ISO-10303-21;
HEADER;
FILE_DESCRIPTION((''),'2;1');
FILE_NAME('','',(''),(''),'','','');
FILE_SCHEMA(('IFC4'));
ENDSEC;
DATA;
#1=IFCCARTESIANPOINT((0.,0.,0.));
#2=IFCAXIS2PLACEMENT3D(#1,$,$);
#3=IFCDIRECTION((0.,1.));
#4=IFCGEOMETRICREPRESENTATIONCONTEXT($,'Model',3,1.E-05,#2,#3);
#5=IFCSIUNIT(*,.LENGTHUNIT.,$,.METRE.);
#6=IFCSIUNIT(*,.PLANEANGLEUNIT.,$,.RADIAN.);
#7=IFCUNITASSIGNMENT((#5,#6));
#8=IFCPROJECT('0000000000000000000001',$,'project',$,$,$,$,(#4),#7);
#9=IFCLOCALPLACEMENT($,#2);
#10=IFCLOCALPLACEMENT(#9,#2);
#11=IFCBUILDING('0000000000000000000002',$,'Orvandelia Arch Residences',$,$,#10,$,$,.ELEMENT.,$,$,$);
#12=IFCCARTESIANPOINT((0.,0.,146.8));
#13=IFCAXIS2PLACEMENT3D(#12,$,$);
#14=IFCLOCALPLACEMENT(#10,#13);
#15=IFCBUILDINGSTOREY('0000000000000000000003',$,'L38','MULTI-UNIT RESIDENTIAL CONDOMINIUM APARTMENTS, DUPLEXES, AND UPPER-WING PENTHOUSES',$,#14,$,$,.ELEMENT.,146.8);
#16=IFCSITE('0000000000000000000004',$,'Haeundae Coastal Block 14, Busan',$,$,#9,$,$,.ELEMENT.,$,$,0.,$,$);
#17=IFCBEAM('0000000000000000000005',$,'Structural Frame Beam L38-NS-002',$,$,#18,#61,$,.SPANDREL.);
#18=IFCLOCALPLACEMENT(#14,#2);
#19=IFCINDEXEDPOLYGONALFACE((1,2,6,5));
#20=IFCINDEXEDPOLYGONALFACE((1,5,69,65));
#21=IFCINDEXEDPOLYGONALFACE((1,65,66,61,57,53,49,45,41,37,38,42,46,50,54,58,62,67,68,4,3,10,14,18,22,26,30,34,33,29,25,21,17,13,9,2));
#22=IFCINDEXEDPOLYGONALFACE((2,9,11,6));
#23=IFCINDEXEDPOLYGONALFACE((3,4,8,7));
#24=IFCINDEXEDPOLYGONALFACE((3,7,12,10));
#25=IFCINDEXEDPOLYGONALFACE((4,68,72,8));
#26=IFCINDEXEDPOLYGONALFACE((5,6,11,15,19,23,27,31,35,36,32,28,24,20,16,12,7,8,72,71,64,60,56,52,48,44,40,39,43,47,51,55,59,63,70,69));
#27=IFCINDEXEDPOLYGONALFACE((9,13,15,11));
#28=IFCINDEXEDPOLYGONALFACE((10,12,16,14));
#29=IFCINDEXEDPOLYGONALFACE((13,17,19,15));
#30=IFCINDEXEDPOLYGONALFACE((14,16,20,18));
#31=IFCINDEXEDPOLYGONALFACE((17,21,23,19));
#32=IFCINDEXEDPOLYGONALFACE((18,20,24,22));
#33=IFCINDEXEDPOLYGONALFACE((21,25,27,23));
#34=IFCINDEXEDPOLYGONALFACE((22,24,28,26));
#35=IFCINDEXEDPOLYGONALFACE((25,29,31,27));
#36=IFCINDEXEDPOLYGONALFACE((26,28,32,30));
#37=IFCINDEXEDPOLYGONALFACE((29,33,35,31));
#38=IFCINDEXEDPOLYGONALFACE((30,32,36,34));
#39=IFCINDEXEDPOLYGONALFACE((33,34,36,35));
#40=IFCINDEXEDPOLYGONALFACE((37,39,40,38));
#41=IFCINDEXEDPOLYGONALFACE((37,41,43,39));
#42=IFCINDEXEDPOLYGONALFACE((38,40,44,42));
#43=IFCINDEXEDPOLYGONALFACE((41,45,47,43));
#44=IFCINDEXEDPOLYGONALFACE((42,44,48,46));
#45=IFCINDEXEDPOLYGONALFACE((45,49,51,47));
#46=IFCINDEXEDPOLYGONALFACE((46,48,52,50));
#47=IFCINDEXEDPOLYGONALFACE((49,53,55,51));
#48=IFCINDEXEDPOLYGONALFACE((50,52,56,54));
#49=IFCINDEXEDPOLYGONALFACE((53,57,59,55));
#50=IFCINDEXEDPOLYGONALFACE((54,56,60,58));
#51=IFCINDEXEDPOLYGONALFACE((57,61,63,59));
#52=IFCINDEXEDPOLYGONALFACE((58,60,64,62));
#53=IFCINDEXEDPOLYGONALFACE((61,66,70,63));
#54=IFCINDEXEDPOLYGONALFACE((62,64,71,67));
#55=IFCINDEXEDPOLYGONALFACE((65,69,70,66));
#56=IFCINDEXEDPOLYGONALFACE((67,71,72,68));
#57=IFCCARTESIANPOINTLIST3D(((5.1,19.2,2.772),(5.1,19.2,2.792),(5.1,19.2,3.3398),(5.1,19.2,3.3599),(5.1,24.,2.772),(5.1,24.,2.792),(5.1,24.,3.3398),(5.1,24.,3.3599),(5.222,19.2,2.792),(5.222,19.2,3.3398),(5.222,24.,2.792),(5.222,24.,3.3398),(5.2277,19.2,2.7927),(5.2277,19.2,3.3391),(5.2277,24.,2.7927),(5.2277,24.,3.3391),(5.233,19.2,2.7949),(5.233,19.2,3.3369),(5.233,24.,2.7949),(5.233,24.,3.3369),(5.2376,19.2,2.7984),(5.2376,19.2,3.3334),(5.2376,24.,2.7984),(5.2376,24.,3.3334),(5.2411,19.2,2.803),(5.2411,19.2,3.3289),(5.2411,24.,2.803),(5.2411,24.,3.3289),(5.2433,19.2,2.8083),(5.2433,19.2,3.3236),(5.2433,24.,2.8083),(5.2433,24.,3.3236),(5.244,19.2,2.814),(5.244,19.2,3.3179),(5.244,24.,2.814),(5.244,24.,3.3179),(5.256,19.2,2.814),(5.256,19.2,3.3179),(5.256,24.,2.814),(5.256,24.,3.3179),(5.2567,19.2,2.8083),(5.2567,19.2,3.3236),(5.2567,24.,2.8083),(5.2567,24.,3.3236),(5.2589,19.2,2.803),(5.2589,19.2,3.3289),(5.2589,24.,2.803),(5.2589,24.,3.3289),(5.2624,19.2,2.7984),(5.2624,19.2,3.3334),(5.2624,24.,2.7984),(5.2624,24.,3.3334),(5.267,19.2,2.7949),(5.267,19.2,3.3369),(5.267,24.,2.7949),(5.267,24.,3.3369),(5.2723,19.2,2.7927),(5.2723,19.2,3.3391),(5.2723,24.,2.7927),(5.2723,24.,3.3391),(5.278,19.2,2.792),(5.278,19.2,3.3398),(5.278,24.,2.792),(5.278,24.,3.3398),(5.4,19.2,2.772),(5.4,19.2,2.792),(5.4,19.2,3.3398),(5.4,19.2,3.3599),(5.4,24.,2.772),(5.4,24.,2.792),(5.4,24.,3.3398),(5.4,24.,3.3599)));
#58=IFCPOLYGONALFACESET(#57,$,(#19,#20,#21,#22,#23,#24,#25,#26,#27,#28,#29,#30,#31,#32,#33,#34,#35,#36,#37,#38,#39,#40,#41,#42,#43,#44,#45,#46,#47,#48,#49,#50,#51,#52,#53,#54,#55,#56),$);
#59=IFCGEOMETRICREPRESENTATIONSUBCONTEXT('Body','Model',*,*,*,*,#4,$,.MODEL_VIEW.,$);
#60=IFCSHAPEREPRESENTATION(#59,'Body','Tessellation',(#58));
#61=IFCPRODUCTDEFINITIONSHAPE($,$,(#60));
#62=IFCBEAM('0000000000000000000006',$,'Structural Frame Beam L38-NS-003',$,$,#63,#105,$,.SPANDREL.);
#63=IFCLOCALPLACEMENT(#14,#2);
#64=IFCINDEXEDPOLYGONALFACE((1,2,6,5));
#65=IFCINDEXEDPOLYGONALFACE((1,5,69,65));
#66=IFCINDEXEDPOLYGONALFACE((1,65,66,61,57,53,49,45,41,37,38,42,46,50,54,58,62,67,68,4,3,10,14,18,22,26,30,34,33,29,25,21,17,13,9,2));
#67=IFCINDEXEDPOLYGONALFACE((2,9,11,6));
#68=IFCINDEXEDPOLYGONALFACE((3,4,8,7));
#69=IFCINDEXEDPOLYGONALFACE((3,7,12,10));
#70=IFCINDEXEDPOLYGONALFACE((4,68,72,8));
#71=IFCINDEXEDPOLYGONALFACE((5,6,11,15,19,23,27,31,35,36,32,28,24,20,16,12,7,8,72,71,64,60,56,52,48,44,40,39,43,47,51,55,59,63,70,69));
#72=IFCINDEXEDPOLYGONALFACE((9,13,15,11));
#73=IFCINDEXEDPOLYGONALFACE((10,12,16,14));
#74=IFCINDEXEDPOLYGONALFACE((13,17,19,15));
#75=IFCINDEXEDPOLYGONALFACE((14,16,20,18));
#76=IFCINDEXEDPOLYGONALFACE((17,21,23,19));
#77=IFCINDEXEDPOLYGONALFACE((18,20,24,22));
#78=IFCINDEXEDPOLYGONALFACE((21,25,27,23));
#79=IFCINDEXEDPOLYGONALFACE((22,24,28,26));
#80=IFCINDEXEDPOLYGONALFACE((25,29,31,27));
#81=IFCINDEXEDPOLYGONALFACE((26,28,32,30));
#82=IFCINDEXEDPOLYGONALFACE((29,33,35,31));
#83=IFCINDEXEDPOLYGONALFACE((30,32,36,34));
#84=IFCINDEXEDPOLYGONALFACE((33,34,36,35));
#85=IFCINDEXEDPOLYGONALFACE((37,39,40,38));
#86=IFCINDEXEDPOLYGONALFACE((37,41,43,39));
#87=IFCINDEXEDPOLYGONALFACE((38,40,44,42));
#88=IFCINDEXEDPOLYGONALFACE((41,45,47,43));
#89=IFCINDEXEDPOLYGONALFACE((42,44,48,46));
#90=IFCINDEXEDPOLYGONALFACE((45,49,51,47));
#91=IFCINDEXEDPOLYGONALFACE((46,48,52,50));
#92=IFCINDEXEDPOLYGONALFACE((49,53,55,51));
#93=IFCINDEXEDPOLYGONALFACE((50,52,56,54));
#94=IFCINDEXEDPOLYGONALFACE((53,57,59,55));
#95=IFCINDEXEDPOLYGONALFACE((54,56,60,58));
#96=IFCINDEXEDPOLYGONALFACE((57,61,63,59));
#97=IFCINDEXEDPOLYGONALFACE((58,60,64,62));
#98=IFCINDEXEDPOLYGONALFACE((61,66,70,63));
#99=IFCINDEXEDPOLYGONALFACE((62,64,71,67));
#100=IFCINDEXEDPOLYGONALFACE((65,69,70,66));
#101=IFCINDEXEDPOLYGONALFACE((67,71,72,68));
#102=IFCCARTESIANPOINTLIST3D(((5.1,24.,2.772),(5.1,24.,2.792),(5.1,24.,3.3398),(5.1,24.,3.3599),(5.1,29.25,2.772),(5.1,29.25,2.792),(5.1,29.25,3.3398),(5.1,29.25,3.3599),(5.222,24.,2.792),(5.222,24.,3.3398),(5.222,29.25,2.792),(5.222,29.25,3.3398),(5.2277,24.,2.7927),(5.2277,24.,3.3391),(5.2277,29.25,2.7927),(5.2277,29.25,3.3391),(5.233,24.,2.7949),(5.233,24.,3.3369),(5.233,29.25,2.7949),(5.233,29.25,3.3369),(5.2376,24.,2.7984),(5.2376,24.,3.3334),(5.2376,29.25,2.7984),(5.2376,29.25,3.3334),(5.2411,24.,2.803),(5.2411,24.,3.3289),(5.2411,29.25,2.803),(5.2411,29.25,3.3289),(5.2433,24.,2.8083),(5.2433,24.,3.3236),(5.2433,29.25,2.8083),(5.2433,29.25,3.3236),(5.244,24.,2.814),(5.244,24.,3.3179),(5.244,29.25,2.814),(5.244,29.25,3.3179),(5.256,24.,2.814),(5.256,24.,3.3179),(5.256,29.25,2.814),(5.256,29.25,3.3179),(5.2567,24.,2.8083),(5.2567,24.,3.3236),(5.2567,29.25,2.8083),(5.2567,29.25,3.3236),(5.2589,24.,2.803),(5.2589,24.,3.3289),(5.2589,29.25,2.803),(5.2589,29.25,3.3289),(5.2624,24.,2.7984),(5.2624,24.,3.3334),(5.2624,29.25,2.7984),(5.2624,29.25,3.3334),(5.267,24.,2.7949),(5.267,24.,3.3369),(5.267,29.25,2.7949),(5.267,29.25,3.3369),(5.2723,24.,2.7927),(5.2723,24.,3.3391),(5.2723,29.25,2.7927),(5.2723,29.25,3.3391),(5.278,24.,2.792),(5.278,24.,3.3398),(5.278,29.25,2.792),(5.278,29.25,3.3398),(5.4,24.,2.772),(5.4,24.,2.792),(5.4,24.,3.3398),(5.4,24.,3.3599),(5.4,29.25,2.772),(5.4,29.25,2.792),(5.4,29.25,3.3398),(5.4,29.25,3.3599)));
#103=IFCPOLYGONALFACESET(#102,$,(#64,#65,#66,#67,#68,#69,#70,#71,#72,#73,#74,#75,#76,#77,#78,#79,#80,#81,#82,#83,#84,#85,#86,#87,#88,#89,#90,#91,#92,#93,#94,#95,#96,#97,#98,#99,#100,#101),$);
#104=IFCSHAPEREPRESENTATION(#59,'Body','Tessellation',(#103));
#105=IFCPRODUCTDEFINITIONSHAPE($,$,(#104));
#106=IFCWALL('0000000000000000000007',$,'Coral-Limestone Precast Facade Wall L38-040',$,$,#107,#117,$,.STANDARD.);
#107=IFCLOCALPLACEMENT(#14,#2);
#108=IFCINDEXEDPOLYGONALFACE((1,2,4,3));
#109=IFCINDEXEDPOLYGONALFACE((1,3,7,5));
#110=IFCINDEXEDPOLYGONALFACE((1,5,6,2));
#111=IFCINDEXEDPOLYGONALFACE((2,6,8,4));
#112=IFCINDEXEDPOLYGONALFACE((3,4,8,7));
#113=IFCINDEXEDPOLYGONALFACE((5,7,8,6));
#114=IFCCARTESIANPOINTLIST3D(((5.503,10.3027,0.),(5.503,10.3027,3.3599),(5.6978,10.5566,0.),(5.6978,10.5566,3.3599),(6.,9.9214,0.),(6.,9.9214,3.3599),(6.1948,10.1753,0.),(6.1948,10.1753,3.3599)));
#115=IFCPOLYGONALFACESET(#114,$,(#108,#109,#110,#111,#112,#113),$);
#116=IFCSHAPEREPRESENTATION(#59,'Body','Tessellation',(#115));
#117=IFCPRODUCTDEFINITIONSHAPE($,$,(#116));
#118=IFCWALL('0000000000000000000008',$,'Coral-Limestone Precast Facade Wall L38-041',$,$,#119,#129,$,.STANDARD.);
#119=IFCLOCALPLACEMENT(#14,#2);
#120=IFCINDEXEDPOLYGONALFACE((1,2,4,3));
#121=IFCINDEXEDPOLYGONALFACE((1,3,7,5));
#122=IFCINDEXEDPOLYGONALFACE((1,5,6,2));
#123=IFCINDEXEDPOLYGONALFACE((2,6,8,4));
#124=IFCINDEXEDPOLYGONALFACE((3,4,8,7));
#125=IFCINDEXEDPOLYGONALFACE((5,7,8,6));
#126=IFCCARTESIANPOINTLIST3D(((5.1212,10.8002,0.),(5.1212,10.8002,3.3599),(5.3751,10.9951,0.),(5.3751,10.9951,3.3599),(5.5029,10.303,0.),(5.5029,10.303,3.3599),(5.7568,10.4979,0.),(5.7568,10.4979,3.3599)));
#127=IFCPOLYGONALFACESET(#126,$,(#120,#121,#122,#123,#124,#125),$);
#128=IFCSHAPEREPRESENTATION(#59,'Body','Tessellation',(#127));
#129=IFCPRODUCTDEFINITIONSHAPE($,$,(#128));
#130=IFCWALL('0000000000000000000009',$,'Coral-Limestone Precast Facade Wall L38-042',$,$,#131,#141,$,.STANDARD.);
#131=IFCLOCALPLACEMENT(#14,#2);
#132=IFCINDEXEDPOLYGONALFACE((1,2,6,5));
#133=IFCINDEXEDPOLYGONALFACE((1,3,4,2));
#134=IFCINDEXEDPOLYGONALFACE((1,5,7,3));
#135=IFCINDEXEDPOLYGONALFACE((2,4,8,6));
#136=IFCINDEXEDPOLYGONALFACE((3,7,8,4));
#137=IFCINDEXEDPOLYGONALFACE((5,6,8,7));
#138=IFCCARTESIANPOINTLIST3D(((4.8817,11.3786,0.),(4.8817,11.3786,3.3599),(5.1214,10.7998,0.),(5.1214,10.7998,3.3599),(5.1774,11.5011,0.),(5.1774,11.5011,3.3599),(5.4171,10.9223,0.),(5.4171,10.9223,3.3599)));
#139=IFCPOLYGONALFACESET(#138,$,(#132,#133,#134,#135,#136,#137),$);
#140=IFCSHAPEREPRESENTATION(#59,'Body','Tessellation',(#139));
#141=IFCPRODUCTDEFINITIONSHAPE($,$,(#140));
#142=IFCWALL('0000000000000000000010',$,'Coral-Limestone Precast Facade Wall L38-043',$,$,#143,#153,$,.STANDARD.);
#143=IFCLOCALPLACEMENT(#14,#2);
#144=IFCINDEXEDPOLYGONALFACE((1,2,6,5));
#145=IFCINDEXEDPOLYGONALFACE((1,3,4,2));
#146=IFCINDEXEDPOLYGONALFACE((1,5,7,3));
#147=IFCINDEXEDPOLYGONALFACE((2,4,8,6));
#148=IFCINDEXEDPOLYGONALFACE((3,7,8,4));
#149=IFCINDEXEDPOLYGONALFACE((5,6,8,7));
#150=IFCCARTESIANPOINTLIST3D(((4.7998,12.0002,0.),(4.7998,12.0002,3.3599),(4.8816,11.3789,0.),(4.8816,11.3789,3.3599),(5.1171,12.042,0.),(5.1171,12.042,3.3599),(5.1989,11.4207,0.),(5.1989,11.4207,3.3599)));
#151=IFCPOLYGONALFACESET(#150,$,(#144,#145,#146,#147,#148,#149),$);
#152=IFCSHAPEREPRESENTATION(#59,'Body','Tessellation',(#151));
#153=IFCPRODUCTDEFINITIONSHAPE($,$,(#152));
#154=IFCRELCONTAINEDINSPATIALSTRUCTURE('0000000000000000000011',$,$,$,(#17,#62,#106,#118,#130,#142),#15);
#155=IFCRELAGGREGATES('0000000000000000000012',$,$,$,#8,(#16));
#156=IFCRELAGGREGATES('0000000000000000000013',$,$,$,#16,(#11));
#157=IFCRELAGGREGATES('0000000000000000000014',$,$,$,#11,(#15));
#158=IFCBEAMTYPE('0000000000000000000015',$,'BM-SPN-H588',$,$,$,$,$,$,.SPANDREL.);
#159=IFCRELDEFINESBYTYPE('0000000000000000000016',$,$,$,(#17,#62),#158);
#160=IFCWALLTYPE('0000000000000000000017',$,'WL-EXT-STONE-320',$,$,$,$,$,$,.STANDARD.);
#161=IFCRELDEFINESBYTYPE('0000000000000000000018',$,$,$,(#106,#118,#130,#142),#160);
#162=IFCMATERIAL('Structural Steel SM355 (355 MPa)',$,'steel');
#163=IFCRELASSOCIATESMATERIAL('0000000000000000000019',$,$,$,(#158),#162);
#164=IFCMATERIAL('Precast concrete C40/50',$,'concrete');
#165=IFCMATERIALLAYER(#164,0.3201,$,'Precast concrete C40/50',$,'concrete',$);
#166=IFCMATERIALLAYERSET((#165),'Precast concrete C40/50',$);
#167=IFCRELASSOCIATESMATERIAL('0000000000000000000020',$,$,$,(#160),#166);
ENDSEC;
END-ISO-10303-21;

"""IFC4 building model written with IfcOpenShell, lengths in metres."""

from ifc_helpers import new_model, si_unit, direction, frame, frame_2d, origin, origin_2d, place, context, subcontext, project, spatial, rectangle, i_section, extrude, material, layer, layer_set, material_profile, profile_set, type_object, element, save


model = new_model("IFC4")

# Units and contexts
model_context = context("Model", 3, precision=1e-05, world=origin(), true_north=direction((0.0, 1.0)))
body_context = subcontext(model_context, "Body", "Model", "MODEL_VIEW")
ifc_project = project(units=[si_unit("LENGTHUNIT", "METRE"), si_unit("PLANEANGLEUNIT", "RADIAN")], contexts=[model_context])

# Site, building, storey
site_placement = place(None, origin())
site = spatial("IfcSite", under=ifc_project, at=site_placement, Name="Haeundae Coastal Block 14, Busan", CompositionType="ELEMENT", RefElevation=0.0)
building_placement = place(site_placement, origin())
building = spatial("IfcBuilding", under=site, at=building_placement, Name="Orvandelia Arch Residences", CompositionType="ELEMENT")
storey_placement = place(building_placement, frame((0.0, 0.0, 146.8)))
storey = spatial("IfcBuildingStorey", under=building, at=storey_placement, Name="L38", Description="MULTI-UNIT RESIDENTIAL CONDOMINIUM APARTMENTS, DUPLEXES, AND UPPER-WING PENTHOUSES", CompositionType="ELEMENT", Elevation=146.8)

# Beams
ifc_material_1 = material(Name="Structural Steel SM355 (355 MPa)", Category="steel")
ifc_material_profile_1 = material_profile(ifc_material_1, i_section(OverallWidth=0.3, OverallDepth=0.5879, WebThickness=0.012, FlangeThickness=0.02, FilletRadius=0.022, at=origin_2d()), Name="Structural Steel SM355 (355 MPa)", Category="steel")
ifc_profile_set_1 = profile_set([ifc_material_profile_1], Name="Structural Steel SM355 (355 MPa)")
beam_type_1 = type_object("IfcBeamType", Name="BM-SPN-H588", PredefinedType="SPANDREL", material=ifc_profile_set_1)
for number, where, z_axis, x_axis, name in (
    (1, (5.25, 19.2, 3.0659), (0.0, 1.0, 0.0), (-1.0, 0.0, 0.0), "Structural Frame Beam L38-NS-002"),
):
    element("IfcBeam", number, at=place(storey_placement, frame(where, z_axis=z_axis, x_axis=x_axis)), inside=storey, type_object=beam_type_1, Name=name, PredefinedType="SPANDREL", context=body_context, shape_type="SweptSolid", body=[
        extrude(i_section(OverallWidth=0.3, OverallDepth=0.5879, WebThickness=0.012, FlangeThickness=0.02, FilletRadius=0.022, at=origin_2d()), origin(), (0.0, 0.0, 1.0), 4.8),
    ])
beam_placement = place(storey_placement, frame((5.25, 24.0, 3.0659), z_axis=(0.0, 1.0, 0.0), x_axis=(-1.0, 0.0, 0.0)))
element("IfcBeam", 2, at=beam_placement, inside=storey, type_object=beam_type_1, Name="Structural Frame Beam L38-NS-003", PredefinedType="SPANDREL", context=body_context, shape_type="SweptSolid", body=[
    extrude(i_section(OverallWidth=0.3, OverallDepth=0.5879, WebThickness=0.012, FlangeThickness=0.02, FilletRadius=0.022, at=origin_2d()), origin(), (0.0, 0.0, 1.0), 5.25),
])

# Walls
ifc_material_2 = material(Name="Precast concrete C40/50", Category="concrete")
ifc_layer_1 = layer(ifc_material_2, 0.3201, Name="Precast concrete C40/50", Category="concrete")
ifc_layer_set_1 = layer_set([ifc_layer_1], Name="Precast concrete C40/50")
wall_type_1 = type_object("IfcWallType", Name="WL-EXT-STONE-320", PredefinedType="STANDARD", material=ifc_layer_set_1)
wall_1_placement = place(storey_placement, frame((6.0974, 10.0483, 0.0), z_axis=(0.0, 0.0, 1.0), x_axis=(-0.793406, 0.608693, 0.0)))
element("IfcWall", 3, at=wall_1_placement, inside=storey, type_object=wall_type_1, Name="Coral-Limestone Precast Facade Wall L38-040", PredefinedType="STANDARD", context=body_context, shape_type="SweptSolid", body=[
    extrude(rectangle(XDim=0.6265, YDim=0.3201, at=frame_2d((0.3132, 0.0))), origin(), (0.0, 0.0, 1.0), 3.3599),
])
wall_2_placement = place(storey_placement, frame((5.6299, 10.4004, 0.0), z_axis=(0.0, 0.0, 1.0), x_axis=(-0.608939, 0.793217, 0.0)))
element("IfcWall", 4, at=wall_2_placement, inside=storey, type_object=wall_type_1, Name="Coral-Limestone Precast Facade Wall L38-041", PredefinedType="STANDARD", context=body_context, shape_type="SweptSolid", body=[
    extrude(rectangle(XDim=0.6267, YDim=0.3201, at=frame_2d((0.3135, 0.0))), origin(), (0.0, 0.0, 1.0), 3.3599),
])
wall_3_placement = place(storey_placement, frame((5.2693, 10.8611, 0.0), z_axis=(0.0, 0.0, 1.0), x_axis=(-0.38265, 0.923893, 0.0)))
element("IfcWall", 5, at=wall_3_placement, inside=storey, type_object=wall_type_1, Name="Coral-Limestone Precast Facade Wall L38-042", PredefinedType="STANDARD", context=body_context, shape_type="SweptSolid", body=[
    extrude(rectangle(XDim=0.6265, YDim=0.3201, at=frame_2d((0.3132, 0.0))), origin(), (0.0, 0.0, 1.0), 3.3599),
])
wall_4_placement = place(storey_placement, frame((5.0403, 11.3997, 0.0), z_axis=(0.0, 0.0, 1.0), x_axis=(-0.130505, 0.991448, 0.0)))
element("IfcWall", 6, at=wall_4_placement, inside=storey, type_object=wall_type_1, Name="Coral-Limestone Precast Facade Wall L38-043", PredefinedType="STANDARD", context=body_context, shape_type="SweptSolid", body=[
    extrude(rectangle(XDim=0.6267, YDim=0.3201, at=frame_2d((0.3135, 0.0))), origin(), (0.0, 0.0, 1.0), 3.3599),
])

save(model, "model.ifc")
